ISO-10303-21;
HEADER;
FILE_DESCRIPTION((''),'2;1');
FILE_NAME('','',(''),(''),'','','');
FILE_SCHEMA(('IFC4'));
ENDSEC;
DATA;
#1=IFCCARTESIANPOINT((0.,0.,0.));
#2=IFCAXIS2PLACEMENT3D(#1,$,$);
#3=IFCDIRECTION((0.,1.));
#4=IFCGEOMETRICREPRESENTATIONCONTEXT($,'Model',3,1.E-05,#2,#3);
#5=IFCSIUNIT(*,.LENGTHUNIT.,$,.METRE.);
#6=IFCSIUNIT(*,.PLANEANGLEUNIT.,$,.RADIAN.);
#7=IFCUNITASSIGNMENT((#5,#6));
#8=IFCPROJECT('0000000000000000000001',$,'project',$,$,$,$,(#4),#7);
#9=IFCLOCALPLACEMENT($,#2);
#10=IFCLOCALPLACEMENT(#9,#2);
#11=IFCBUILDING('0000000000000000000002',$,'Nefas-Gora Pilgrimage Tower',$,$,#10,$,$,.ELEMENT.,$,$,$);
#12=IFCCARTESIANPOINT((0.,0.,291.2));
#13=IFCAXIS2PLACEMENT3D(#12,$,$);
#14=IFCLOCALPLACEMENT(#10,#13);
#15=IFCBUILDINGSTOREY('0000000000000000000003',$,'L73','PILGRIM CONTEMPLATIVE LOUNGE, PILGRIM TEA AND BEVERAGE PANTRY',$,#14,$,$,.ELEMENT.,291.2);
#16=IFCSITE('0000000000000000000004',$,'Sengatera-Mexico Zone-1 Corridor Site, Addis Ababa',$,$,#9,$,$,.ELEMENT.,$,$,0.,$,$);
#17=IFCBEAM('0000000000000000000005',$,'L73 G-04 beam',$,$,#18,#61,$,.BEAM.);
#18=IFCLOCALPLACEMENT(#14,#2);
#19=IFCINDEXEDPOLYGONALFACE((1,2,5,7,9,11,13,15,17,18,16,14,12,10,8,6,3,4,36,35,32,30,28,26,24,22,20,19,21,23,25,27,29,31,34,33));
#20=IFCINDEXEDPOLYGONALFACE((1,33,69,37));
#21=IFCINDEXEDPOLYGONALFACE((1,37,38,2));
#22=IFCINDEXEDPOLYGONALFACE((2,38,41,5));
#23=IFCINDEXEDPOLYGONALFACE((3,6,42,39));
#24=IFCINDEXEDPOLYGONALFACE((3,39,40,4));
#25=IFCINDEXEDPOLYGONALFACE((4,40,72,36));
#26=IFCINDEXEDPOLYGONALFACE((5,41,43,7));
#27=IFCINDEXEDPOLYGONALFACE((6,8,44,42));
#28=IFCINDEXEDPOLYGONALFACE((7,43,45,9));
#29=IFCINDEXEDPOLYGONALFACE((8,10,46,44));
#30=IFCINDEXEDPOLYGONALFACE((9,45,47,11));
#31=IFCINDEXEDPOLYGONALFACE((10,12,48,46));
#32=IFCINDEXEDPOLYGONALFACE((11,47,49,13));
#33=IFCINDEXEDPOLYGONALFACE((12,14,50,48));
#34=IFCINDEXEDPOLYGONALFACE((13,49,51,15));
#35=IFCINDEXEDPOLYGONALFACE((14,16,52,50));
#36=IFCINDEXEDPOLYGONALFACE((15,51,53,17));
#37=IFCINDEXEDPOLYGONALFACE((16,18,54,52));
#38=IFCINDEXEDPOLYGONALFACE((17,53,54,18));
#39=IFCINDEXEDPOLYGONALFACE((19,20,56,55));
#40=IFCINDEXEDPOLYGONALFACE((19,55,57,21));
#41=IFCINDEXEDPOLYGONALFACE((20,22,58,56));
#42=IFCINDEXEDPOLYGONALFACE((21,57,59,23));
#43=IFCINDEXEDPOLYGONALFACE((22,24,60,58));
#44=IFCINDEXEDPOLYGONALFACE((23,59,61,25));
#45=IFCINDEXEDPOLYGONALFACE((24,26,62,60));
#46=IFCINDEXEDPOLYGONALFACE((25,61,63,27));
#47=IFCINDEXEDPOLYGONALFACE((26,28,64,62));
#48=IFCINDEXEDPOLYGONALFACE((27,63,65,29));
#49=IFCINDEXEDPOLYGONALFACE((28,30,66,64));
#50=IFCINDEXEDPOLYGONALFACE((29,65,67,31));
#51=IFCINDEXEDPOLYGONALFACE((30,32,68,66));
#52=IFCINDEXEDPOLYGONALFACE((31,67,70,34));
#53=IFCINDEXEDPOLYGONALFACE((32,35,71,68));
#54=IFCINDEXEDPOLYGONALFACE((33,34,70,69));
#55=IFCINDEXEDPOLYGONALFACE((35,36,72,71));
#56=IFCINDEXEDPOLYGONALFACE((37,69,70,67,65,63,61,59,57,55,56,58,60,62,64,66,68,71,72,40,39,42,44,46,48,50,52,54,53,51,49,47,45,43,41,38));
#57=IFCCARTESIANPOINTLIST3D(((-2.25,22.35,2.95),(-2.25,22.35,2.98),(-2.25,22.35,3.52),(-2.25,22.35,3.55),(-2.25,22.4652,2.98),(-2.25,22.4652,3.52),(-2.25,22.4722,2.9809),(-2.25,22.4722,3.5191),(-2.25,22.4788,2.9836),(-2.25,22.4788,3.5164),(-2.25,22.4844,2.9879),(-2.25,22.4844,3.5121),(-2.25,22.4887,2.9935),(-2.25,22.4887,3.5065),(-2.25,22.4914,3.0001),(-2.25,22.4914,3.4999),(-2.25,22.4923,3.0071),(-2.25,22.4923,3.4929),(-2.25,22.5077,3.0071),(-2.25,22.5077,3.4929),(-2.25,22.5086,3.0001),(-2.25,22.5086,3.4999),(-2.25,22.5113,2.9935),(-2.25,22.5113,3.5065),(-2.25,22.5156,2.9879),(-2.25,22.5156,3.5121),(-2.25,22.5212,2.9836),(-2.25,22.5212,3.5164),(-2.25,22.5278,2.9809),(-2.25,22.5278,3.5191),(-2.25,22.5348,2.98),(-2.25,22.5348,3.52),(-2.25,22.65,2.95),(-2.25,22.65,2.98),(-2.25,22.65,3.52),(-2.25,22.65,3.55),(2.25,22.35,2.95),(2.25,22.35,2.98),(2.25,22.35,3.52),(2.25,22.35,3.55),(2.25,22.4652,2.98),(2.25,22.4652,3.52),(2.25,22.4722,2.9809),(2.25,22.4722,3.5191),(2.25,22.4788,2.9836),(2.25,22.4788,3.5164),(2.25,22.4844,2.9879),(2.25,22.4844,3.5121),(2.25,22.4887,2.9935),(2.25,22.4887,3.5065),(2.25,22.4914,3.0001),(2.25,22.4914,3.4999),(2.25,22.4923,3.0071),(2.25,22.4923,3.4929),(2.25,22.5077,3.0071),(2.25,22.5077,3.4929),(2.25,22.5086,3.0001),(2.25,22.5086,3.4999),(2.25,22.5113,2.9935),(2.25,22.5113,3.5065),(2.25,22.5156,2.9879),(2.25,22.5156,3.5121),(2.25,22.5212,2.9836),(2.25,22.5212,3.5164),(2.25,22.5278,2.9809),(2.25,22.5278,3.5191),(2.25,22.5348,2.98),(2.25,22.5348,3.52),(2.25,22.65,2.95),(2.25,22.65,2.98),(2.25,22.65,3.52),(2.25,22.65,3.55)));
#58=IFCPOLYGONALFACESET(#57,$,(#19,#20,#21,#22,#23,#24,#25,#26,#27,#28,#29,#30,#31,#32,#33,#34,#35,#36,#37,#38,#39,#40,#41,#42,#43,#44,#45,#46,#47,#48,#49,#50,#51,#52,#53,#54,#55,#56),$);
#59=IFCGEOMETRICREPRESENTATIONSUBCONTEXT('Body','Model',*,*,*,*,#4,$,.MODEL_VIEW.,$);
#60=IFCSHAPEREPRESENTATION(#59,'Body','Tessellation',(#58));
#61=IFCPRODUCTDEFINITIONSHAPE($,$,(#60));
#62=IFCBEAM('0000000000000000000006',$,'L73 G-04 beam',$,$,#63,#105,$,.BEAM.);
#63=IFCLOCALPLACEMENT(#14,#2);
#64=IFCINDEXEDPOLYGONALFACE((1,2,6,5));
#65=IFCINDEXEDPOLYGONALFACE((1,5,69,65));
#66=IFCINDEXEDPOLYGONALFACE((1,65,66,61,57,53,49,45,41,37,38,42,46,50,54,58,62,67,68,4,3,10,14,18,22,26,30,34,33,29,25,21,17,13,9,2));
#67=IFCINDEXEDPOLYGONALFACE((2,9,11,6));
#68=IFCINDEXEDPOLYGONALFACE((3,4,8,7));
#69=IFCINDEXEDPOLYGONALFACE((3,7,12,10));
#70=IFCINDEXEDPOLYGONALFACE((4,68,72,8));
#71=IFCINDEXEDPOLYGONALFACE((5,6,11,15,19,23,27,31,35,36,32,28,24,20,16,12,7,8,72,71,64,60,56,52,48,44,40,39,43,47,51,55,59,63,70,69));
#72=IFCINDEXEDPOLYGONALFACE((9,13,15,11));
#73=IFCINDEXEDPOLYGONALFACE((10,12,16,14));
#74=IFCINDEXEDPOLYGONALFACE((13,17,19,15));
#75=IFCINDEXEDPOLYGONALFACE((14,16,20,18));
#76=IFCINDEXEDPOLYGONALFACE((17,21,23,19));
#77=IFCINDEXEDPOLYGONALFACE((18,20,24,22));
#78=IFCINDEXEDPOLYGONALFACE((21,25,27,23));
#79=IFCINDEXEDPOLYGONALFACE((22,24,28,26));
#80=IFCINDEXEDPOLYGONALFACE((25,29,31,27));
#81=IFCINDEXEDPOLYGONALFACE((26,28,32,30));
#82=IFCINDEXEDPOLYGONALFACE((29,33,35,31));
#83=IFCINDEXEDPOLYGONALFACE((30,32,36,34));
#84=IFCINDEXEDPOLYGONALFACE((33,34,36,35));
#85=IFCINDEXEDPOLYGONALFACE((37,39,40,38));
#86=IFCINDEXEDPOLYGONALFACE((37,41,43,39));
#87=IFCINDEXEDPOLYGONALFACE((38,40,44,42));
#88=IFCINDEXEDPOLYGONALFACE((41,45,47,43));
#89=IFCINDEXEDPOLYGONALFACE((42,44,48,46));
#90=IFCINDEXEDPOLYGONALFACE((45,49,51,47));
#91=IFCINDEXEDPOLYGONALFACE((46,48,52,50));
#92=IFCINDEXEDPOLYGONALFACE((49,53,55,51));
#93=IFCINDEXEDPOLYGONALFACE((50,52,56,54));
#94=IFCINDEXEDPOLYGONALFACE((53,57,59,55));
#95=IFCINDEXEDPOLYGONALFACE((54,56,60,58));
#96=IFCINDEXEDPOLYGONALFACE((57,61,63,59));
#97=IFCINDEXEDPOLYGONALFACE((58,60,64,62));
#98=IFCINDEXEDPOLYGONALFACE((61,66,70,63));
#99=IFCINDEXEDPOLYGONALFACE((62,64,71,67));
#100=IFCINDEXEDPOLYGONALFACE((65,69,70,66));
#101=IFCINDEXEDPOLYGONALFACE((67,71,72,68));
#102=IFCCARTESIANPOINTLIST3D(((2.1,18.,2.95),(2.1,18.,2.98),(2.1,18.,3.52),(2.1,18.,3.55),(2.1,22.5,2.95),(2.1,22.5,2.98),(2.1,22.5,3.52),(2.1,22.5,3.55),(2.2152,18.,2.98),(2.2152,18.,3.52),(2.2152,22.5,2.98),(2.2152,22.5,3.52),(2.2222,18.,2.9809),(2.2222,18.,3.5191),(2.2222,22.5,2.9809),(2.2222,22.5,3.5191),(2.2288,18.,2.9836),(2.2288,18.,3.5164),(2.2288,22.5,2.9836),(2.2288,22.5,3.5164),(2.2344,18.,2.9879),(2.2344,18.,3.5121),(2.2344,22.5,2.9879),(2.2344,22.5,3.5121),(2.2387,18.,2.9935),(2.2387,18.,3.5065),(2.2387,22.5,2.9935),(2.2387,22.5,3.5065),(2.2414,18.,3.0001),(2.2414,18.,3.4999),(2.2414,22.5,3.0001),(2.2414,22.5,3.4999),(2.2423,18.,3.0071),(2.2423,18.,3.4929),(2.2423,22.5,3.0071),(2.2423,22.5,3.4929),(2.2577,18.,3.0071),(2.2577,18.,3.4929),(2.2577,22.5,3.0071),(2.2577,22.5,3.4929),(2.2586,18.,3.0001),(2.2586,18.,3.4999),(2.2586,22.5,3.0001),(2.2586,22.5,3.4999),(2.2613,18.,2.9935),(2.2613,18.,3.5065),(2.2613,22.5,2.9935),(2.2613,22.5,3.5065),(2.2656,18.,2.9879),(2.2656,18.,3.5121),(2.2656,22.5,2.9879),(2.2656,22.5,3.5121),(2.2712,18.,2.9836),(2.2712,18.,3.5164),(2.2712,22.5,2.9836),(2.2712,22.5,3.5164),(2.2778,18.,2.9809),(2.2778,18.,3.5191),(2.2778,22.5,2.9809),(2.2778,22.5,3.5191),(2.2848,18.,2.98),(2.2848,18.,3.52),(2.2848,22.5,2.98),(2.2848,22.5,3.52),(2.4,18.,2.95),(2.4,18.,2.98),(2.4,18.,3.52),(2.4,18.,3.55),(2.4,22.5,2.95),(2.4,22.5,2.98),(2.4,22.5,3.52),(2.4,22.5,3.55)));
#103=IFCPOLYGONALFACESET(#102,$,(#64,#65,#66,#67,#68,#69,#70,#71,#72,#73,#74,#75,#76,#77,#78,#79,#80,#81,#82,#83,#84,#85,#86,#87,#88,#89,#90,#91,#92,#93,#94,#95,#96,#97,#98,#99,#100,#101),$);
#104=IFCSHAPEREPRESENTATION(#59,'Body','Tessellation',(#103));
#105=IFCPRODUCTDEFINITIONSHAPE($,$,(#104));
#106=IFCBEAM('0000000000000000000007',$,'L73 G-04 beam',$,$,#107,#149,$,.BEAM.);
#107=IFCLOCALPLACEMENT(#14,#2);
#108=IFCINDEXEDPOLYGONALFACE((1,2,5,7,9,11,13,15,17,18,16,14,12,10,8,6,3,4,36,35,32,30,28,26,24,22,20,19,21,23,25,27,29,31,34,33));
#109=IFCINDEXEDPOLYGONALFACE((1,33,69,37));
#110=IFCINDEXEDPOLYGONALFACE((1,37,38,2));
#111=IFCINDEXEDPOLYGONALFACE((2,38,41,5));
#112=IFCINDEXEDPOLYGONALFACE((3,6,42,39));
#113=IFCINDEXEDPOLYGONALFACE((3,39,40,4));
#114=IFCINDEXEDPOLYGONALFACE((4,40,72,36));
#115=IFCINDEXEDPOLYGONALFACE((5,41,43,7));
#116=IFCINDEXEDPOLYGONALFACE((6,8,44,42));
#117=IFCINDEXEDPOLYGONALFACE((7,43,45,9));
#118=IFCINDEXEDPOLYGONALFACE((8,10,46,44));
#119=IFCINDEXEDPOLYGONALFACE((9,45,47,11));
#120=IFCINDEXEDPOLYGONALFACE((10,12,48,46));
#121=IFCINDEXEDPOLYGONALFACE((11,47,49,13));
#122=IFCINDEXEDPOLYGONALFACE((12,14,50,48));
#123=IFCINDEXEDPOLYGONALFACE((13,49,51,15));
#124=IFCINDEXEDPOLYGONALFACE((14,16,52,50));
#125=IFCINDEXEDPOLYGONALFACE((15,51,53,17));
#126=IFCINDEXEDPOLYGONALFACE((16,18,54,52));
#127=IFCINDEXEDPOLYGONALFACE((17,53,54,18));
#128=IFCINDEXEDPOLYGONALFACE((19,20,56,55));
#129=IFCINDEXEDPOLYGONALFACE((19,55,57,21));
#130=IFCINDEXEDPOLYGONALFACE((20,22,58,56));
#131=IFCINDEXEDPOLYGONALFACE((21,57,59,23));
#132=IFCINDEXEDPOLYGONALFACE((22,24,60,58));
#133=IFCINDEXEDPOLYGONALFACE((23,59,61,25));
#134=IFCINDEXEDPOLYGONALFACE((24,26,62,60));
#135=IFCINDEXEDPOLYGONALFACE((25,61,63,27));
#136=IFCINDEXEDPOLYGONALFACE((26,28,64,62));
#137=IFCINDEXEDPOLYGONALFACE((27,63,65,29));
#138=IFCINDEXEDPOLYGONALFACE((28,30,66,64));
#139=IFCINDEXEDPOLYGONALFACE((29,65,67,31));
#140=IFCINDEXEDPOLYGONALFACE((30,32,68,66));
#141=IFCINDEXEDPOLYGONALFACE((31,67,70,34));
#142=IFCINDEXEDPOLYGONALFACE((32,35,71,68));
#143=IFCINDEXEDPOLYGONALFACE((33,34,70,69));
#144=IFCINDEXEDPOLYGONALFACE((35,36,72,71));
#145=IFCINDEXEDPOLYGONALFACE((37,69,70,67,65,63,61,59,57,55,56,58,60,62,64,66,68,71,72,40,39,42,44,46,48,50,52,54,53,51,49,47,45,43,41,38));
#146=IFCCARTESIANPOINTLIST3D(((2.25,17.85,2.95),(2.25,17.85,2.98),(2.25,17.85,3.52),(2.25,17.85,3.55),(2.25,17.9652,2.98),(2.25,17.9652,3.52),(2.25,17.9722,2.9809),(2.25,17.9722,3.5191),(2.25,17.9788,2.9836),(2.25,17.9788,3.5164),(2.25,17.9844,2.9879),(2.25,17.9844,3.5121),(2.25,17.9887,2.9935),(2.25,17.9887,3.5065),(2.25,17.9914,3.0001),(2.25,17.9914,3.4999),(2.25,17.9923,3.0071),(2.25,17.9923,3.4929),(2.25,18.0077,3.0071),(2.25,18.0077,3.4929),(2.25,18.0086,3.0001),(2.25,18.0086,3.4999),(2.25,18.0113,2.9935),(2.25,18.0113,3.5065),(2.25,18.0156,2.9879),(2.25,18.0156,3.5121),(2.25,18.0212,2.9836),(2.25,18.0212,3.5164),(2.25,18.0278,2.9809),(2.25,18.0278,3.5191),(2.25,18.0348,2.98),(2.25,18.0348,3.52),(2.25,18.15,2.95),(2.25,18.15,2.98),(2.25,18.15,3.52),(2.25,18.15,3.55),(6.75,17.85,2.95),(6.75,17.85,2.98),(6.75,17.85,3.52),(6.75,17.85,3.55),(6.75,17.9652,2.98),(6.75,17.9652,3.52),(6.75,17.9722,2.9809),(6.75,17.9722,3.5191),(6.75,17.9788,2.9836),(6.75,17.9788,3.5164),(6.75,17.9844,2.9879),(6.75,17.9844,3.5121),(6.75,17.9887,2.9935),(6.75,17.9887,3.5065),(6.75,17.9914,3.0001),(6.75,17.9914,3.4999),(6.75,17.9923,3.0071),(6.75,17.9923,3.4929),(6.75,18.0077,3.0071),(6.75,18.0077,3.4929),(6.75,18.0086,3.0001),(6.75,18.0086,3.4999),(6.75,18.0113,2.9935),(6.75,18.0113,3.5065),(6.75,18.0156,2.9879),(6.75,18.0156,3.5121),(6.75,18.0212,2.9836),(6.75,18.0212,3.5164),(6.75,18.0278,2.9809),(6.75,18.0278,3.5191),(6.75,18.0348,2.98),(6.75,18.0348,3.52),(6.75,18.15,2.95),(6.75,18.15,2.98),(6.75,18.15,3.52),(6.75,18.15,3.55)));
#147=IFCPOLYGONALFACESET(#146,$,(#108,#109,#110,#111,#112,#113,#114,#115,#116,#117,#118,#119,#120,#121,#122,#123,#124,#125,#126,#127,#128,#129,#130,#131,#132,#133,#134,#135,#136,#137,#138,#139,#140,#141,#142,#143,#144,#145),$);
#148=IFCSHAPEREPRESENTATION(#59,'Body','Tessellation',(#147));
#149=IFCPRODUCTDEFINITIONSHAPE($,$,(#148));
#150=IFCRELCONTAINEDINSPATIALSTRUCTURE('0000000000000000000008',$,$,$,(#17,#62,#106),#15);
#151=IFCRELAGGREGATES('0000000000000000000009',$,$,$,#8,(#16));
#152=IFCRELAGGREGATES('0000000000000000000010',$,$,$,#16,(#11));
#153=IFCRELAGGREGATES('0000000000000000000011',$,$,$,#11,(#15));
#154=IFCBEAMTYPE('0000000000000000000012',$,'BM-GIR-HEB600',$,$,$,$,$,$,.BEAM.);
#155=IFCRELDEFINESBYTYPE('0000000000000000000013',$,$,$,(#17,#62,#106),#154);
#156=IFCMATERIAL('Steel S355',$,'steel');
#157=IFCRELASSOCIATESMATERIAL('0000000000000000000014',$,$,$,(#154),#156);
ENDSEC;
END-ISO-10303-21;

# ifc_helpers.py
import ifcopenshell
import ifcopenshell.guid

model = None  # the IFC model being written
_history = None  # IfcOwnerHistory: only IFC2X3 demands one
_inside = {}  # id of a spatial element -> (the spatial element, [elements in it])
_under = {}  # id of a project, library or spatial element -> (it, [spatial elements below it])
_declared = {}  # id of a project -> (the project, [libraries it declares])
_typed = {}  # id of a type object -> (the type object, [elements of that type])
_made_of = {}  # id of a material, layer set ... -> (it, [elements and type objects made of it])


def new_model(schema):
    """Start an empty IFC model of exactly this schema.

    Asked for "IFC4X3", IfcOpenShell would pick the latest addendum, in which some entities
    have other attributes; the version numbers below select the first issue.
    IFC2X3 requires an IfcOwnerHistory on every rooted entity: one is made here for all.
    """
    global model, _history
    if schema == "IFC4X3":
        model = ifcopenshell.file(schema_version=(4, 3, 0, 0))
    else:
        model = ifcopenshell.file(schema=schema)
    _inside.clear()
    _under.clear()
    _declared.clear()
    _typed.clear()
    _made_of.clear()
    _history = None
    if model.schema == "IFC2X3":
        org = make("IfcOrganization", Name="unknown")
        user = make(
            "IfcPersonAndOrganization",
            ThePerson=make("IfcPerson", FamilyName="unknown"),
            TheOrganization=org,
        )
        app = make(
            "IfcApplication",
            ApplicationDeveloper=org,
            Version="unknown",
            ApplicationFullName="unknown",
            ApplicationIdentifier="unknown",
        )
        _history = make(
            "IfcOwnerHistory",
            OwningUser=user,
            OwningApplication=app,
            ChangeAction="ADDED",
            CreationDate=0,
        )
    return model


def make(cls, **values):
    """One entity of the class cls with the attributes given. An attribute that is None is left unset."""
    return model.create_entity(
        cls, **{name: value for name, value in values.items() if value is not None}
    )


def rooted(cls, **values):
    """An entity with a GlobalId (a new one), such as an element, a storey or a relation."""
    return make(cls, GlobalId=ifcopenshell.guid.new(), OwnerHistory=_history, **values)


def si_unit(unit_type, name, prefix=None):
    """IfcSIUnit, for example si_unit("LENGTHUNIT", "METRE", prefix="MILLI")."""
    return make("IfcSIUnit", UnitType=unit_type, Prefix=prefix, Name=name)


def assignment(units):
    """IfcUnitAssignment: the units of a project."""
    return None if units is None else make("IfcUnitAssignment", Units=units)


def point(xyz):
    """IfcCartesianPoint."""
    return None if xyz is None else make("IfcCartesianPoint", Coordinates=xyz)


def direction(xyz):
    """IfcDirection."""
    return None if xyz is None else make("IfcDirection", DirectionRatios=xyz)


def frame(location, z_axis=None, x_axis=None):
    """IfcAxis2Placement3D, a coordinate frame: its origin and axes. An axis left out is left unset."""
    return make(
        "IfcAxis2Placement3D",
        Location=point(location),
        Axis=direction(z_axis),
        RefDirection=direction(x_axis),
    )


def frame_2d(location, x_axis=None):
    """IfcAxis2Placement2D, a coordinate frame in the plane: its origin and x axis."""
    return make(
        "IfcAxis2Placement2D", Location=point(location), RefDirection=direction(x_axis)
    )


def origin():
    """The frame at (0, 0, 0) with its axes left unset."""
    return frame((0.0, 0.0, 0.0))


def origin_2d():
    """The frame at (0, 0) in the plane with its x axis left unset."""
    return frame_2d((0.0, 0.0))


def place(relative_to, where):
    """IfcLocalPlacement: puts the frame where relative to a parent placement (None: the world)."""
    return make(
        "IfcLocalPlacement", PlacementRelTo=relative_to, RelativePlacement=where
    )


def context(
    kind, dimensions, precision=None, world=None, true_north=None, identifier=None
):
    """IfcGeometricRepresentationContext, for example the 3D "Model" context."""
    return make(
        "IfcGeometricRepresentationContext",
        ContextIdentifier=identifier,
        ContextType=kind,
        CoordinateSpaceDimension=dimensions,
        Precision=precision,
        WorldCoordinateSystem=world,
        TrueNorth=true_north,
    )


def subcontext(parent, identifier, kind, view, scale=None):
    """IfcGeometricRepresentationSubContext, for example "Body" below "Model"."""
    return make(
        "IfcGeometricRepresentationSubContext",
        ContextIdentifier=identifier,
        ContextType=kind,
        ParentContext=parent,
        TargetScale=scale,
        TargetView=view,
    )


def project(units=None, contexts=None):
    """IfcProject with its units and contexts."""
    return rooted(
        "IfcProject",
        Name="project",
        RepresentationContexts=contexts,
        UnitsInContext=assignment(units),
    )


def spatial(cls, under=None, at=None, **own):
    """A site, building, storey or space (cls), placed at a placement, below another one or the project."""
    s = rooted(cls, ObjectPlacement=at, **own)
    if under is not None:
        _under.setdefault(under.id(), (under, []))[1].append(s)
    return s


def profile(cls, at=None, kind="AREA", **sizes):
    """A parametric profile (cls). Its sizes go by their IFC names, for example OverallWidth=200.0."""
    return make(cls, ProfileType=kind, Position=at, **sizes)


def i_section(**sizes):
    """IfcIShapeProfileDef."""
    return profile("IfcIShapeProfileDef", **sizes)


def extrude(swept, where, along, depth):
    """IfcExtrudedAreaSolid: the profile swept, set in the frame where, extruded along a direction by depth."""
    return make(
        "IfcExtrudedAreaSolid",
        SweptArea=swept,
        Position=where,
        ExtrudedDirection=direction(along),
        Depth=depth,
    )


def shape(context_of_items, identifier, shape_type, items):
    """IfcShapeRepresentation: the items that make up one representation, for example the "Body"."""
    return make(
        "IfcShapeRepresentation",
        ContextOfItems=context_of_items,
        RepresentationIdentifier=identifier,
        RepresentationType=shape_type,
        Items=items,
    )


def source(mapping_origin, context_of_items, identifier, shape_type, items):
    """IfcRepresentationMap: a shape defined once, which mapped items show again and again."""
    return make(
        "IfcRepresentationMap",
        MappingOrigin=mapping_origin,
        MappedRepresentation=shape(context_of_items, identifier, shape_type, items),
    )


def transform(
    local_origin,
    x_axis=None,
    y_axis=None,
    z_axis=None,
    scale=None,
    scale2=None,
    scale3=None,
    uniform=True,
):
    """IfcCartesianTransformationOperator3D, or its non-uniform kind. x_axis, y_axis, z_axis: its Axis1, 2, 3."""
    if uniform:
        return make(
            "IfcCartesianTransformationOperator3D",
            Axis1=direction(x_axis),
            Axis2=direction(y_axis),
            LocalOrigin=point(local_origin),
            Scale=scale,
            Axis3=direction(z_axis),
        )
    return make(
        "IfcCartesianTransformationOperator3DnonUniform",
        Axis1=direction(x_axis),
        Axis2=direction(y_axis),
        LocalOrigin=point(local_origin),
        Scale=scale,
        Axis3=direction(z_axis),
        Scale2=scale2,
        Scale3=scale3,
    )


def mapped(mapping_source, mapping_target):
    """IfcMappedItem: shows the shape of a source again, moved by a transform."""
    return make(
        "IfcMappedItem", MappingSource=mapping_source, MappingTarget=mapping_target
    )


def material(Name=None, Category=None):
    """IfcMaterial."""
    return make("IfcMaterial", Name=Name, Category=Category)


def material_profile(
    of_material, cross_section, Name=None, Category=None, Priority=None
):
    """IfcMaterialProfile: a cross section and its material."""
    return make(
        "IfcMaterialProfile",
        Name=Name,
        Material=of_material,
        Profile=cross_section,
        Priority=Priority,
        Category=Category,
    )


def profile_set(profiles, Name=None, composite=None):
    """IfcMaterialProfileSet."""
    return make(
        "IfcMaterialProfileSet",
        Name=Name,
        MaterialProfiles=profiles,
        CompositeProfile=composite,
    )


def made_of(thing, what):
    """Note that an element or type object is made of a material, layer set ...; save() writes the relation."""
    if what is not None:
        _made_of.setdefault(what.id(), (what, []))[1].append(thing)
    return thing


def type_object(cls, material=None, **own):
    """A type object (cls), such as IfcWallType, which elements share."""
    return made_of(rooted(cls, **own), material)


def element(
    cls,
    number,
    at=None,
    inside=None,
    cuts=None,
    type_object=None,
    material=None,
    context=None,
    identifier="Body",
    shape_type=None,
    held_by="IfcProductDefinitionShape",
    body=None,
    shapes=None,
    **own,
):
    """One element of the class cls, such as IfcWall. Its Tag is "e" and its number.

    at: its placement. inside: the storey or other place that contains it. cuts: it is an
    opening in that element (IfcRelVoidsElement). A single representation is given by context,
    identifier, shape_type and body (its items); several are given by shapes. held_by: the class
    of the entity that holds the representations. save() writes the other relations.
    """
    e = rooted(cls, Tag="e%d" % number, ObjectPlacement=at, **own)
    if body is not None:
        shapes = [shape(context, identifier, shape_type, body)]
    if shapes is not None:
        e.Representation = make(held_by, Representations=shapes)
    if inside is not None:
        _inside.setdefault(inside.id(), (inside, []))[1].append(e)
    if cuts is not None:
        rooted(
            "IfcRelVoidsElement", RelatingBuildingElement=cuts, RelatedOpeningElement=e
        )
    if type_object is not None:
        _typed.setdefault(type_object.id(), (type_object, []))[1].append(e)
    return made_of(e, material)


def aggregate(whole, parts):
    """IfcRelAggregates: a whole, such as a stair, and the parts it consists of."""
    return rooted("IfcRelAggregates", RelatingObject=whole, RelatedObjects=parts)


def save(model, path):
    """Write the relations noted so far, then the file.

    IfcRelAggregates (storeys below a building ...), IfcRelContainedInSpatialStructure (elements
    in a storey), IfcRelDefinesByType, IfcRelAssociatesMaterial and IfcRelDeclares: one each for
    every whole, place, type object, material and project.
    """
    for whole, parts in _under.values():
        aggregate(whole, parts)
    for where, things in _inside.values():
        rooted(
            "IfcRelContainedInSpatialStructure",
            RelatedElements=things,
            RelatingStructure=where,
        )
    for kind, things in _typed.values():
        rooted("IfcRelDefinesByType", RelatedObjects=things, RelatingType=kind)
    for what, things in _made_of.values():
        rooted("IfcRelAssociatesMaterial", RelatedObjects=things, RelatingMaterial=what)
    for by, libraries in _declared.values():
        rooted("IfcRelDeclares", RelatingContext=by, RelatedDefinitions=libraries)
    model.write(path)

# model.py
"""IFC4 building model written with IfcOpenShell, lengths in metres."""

from ifc_helpers import new_model, si_unit, direction, frame, origin, origin_2d, place, context, subcontext, project, spatial, i_section, extrude, source, transform, mapped, material, material_profile, profile_set, type_object, element, save


model = new_model("IFC4")

# Units and contexts
model_context = context("Model", 3, precision=1e-05, world=origin(), true_north=direction((0.0, 1.0)))
body_context = subcontext(model_context, "Body", "Model", "MODEL_VIEW")
ifc_project = project(units=[si_unit("LENGTHUNIT", "METRE"), si_unit("PLANEANGLEUNIT", "RADIAN")], contexts=[model_context])

# Site, building, storey
site_placement = place(None, origin())
site = spatial("IfcSite", under=ifc_project, at=site_placement, Name="Sengatera-Mexico Zone-1 Corridor Site, Addis Ababa", CompositionType="ELEMENT", RefElevation=0.0)
building_placement = place(site_placement, origin())
building = spatial("IfcBuilding", under=site, at=building_placement, Name="Nefas-Gora Pilgrimage Tower", CompositionType="ELEMENT")
storey_placement = place(building_placement, frame((0.0, 0.0, 291.2)))
storey = spatial("IfcBuildingStorey", under=building, at=storey_placement, Name="L73", Description="PILGRIM CONTEMPLATIVE LOUNGE, PILGRIM TEA AND BEVERAGE PANTRY", CompositionType="ELEMENT", Elevation=291.2)

# Shared definitions
ifc_material_1 = material(Name="Steel S355", Category="steel")

# Beams
ifc_material_profile_1 = material_profile(ifc_material_1, i_section(OverallWidth=0.3, OverallDepth=0.6001, WebThickness=0.0154, FlangeThickness=0.03, FilletRadius=0.0271, at=origin_2d()), Name="HEB 600")
ifc_profile_set_1 = profile_set([ifc_material_profile_1], Name="Steel S355")
beam_type = type_object("IfcBeamType", Name="BM-GIR-HEB600", PredefinedType="BEAM", material=ifc_profile_set_1)
shared_shape_1 = source(origin(), body_context, "Body", "SweptSolid", [
    extrude(i_section(OverallWidth=0.3, OverallDepth=0.6001, WebThickness=0.0154, FlangeThickness=0.03, FilletRadius=0.0271, at=origin_2d()), origin(), (0.0, 0.0, 1.0), 4.5),
])
for number, where, z_axis, x_axis, name in (
    (1, (-2.25, 22.5, 3.25), (1.0, 0.0, 0.0), (0.0, 1.0, 0.0), "L73 G-04 beam"),
    (2, (2.25, 18.0, 3.25), (0.0, 1.0, 0.0), (-1.0, 0.0, 0.0), "L73 G-04 beam"),
    (3, (2.25, 18.0, 3.25), (1.0, 0.0, 0.0), (0.0, 1.0, 0.0), "L73 G-04 beam"),
):
    element("IfcBeam", number, at=place(storey_placement, frame(where, z_axis=z_axis, x_axis=x_axis)), inside=storey, type_object=beam_type, Name=name, PredefinedType="BEAM", context=body_context, shape_type="MappedRepresentation", body=[
        mapped(shared_shape_1, transform((0.0, 0.0, 0.0), x_axis=(1.0, 0.0, 0.0), y_axis=(0.0, 1.0, 0.0), z_axis=(0.0, 0.0, 1.0), scale=1.0)),
    ])

save(model, "model.ifc")
